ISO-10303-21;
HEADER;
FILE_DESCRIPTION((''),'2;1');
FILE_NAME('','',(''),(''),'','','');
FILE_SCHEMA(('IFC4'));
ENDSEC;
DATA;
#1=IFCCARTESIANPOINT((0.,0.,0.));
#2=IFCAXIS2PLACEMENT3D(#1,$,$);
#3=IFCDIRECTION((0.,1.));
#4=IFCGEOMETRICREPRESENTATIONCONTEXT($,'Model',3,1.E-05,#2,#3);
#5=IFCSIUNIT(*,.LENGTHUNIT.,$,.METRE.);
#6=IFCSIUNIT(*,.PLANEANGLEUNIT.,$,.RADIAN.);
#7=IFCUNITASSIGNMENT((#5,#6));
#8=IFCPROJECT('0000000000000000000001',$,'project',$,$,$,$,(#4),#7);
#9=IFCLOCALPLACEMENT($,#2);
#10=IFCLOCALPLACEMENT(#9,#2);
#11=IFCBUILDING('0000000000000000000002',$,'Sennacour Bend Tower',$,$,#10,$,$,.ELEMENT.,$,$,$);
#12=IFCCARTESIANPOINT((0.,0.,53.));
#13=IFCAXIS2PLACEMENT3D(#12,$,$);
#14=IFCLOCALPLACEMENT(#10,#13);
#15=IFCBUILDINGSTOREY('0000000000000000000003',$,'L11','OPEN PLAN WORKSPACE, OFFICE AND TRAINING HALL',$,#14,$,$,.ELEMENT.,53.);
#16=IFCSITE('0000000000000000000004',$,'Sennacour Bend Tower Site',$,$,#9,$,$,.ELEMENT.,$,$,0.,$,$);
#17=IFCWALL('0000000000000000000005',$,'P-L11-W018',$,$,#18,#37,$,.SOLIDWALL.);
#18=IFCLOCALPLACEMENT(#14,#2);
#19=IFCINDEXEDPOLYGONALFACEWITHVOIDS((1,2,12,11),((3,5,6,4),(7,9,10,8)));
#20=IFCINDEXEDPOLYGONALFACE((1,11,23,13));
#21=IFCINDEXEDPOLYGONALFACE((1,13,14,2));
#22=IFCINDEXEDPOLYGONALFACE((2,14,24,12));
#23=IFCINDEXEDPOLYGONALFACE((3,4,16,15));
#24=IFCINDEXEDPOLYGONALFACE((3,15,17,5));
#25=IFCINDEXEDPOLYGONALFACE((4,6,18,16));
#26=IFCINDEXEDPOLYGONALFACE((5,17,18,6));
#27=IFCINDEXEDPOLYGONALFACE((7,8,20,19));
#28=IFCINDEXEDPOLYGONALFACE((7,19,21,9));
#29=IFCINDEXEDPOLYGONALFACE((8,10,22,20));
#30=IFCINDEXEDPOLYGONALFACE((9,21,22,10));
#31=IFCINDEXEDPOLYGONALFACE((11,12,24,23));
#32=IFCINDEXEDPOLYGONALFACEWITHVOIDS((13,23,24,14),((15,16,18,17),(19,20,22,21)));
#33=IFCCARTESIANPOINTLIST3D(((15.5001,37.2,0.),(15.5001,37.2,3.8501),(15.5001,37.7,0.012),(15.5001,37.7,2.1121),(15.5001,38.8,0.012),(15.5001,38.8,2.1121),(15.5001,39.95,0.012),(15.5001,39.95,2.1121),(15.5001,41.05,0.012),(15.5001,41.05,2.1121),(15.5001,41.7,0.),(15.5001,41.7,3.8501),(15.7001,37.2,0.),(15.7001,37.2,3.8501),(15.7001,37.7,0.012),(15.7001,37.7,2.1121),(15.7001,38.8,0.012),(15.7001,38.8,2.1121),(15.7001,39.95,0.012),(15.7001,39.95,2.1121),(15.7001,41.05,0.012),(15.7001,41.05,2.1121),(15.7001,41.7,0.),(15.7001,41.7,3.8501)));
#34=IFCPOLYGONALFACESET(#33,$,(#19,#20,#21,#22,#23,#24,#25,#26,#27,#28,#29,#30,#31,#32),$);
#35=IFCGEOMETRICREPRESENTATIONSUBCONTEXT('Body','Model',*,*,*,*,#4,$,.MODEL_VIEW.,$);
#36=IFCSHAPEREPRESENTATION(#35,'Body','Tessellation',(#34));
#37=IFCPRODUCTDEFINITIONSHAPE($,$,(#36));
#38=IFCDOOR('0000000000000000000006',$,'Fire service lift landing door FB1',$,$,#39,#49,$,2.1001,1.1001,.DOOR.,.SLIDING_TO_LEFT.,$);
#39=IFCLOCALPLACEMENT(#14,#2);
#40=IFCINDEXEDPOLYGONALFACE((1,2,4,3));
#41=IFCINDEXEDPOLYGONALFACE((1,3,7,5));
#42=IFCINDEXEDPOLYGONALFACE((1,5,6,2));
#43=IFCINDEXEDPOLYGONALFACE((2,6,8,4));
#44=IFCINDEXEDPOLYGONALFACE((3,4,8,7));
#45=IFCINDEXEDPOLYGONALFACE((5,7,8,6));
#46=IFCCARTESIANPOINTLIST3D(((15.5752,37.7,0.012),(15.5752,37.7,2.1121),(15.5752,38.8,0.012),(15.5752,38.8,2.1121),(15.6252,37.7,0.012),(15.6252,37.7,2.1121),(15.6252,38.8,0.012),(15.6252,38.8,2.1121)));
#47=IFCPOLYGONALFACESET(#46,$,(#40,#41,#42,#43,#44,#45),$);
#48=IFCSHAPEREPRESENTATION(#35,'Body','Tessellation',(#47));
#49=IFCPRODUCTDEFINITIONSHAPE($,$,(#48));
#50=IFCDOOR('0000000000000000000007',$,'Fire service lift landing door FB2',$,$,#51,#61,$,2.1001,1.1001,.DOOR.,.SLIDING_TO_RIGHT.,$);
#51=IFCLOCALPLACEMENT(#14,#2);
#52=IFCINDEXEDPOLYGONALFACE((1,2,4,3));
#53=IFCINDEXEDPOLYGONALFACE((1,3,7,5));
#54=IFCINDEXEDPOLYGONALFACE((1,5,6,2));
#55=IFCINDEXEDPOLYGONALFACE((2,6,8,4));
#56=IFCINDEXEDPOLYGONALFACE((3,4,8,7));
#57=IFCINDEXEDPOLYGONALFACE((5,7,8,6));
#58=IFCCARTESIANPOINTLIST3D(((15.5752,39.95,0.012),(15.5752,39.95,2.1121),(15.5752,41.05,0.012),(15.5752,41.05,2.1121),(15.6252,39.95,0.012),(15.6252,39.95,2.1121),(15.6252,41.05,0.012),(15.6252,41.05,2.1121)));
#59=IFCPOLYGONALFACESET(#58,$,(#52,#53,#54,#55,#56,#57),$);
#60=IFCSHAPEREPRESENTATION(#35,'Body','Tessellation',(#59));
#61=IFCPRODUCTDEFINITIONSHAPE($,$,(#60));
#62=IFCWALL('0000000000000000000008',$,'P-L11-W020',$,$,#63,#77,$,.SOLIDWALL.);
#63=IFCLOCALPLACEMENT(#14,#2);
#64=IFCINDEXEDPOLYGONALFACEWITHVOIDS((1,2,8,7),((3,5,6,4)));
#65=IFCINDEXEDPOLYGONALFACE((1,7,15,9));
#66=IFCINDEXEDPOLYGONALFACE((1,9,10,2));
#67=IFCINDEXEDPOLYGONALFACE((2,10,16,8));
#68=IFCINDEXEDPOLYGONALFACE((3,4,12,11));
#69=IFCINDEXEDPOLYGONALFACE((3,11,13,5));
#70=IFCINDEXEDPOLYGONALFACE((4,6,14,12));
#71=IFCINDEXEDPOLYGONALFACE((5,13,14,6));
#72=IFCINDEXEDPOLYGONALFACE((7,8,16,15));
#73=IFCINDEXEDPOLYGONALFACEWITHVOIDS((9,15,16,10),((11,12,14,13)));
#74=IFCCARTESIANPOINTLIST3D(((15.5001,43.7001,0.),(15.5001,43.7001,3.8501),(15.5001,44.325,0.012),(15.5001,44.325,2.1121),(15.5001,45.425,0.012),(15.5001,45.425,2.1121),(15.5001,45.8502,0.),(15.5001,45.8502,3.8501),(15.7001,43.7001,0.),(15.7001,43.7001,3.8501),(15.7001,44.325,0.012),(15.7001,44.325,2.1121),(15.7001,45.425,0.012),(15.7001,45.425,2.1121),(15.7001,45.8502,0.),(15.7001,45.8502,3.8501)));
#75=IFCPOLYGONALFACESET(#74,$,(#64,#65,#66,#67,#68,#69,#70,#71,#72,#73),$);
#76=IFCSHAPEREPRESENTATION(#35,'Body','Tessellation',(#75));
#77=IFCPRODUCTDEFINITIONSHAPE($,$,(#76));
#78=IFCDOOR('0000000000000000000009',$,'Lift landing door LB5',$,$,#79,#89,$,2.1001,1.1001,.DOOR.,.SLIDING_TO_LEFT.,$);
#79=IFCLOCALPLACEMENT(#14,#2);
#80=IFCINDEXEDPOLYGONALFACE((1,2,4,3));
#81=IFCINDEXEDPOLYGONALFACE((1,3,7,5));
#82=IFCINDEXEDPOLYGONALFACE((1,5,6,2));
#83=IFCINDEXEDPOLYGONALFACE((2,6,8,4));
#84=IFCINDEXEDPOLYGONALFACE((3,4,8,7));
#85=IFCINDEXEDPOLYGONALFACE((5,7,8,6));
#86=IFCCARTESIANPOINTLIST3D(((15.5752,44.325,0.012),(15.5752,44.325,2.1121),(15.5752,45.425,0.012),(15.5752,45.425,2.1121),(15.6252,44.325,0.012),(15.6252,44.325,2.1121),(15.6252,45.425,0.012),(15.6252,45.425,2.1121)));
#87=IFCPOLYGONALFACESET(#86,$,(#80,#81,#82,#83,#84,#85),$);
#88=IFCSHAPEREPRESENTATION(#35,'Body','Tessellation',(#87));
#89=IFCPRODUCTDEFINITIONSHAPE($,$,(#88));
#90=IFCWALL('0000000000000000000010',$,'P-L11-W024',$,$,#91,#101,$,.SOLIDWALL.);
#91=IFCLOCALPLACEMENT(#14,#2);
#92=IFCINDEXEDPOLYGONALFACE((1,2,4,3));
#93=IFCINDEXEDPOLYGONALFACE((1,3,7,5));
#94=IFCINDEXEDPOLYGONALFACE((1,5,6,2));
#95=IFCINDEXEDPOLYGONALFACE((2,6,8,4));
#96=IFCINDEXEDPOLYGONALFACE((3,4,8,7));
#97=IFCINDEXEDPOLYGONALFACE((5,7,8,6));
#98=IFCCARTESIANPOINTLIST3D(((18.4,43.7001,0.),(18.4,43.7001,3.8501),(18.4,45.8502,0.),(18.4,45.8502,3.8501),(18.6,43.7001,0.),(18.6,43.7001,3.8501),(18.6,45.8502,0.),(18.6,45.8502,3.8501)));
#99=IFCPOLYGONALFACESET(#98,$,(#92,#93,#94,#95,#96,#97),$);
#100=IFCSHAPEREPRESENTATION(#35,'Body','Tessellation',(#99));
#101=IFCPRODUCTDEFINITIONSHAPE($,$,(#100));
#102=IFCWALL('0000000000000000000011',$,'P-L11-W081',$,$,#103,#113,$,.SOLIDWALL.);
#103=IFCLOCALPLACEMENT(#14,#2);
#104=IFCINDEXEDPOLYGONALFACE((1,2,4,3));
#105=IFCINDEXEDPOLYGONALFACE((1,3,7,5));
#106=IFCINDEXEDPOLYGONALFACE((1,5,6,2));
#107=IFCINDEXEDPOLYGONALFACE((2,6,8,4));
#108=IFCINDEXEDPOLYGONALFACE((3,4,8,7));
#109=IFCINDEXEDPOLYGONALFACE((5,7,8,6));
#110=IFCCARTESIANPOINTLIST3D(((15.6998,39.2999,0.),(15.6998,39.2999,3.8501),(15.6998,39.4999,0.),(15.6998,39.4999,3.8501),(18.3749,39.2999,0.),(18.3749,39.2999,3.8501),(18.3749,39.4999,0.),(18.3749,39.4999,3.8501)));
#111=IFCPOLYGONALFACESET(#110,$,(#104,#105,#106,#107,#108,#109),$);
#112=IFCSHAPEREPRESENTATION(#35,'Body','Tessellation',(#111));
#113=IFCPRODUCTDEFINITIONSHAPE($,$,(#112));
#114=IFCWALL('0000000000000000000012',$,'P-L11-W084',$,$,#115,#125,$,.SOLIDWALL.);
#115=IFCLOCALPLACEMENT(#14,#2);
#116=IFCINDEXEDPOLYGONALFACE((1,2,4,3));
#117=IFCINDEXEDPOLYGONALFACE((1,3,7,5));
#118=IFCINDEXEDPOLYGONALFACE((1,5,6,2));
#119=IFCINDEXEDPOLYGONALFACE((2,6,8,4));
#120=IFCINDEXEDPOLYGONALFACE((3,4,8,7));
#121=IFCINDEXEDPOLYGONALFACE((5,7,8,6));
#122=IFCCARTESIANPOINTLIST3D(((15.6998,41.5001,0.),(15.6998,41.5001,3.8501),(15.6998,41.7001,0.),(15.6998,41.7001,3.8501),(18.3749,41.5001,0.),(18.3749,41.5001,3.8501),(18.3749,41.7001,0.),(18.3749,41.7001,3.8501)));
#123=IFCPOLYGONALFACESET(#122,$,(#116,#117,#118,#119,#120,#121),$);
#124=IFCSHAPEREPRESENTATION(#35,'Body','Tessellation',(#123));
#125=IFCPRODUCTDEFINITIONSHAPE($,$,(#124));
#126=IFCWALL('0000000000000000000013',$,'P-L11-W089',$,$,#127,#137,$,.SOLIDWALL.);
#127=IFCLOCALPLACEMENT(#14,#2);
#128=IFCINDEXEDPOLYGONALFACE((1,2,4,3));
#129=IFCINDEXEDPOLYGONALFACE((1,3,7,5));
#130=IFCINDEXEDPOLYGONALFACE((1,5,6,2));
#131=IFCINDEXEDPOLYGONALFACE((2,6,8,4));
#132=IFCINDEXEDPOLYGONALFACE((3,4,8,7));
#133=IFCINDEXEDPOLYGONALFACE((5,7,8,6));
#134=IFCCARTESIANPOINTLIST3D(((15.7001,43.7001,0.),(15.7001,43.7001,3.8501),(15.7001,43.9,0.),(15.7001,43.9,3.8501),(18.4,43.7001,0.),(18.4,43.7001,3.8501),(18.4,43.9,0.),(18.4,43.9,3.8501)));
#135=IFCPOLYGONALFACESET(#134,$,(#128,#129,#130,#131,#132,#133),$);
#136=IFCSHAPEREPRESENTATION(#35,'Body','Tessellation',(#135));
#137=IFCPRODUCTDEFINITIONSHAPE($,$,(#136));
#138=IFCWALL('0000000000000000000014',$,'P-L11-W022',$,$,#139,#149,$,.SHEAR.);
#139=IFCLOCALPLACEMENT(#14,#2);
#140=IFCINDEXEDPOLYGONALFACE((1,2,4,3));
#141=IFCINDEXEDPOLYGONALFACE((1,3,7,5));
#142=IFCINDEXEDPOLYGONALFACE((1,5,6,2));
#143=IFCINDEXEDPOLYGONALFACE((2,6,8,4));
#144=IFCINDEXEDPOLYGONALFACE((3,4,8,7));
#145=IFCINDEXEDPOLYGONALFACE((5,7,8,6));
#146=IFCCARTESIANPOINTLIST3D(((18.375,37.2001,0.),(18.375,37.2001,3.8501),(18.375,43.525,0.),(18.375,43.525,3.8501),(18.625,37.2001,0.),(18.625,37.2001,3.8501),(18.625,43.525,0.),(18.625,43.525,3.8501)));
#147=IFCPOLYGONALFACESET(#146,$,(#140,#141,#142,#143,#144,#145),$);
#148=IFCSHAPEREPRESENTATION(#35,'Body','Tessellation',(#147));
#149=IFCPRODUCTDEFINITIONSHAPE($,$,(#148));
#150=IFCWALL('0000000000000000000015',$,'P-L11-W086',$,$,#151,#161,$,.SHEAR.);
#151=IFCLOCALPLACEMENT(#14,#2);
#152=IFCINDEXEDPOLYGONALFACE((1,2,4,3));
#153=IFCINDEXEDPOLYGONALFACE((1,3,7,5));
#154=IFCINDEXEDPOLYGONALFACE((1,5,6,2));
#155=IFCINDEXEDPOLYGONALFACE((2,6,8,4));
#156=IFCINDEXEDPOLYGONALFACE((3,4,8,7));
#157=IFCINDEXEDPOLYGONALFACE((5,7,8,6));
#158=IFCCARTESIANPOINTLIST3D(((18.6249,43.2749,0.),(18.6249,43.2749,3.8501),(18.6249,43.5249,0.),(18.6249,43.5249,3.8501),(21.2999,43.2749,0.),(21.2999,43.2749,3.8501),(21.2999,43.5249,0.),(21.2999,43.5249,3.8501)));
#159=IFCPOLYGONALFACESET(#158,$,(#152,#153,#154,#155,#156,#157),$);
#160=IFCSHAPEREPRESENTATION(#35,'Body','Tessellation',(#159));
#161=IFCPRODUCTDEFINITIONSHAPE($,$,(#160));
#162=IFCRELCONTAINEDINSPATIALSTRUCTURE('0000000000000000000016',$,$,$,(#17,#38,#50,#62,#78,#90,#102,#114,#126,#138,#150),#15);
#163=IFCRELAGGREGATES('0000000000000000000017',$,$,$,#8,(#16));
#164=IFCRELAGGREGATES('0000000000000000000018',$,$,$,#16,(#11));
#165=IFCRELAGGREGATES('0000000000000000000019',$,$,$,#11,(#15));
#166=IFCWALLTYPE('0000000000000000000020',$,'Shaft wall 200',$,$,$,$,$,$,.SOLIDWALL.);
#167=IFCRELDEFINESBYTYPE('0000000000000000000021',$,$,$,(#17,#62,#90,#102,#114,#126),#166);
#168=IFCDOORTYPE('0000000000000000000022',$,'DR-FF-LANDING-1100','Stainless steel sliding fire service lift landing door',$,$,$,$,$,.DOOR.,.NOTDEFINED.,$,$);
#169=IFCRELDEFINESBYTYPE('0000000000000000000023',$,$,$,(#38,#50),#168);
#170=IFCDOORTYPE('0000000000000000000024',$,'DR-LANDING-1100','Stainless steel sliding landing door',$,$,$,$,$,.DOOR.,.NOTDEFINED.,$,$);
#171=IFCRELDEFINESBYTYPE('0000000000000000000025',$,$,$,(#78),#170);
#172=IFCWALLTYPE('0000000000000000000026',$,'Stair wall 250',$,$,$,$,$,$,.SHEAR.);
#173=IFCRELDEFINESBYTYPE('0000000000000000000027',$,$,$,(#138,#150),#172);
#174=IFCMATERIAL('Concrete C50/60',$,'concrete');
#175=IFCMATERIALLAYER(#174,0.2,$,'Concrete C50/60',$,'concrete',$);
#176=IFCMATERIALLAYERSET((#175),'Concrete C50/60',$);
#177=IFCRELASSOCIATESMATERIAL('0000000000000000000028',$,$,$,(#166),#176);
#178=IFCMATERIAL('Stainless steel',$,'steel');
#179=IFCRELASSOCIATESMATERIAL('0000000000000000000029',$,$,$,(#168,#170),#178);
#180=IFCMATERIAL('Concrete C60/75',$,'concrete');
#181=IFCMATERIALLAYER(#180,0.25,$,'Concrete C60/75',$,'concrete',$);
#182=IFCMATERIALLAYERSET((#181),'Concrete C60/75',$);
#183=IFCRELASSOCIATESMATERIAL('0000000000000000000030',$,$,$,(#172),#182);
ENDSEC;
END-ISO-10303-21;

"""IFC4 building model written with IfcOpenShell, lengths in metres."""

from ifc_helpers import new_model, si_unit, direction, frame, frame_2d, origin, place, context, subcontext, project, spatial, rectangle, extrude, material, layer, layer_set, type_object, element, fill, save


model = new_model("IFC4")

# Units and contexts
model_context = context("Model", 3, precision=1e-05, world=origin(), true_north=direction((0.0, 1.0)))
body_context = subcontext(model_context, "Body", "Model", "MODEL_VIEW")
ifc_project = project(units=[si_unit("LENGTHUNIT", "METRE"), si_unit("PLANEANGLEUNIT", "RADIAN")], contexts=[model_context])

# Site, building, storey
site_placement = place(None, origin())
site = spatial("IfcSite", under=ifc_project, at=site_placement, Name="Sennacour Bend Tower Site", CompositionType="ELEMENT", RefElevation=0.0)
building_placement = place(site_placement, origin())
building = spatial("IfcBuilding", under=site, at=building_placement, Name="Sennacour Bend Tower", CompositionType="ELEMENT")
storey_placement = place(building_placement, frame((0.0, 0.0, 53.0)))
storey = spatial("IfcBuildingStorey", under=building, at=storey_placement, Name="L11", Description="OPEN PLAN WORKSPACE, OFFICE AND TRAINING HALL", CompositionType="ELEMENT", Elevation=53.0)

# Wall, openings, doors
ifc_material_1 = material(Name="Concrete C50/60", Category="concrete")
ifc_layer_1 = layer(ifc_material_1, 0.2, Name="Concrete C50/60", Category="concrete")
ifc_layer_set_1 = layer_set([ifc_layer_1], Name="Concrete C50/60")
wall_type_1 = type_object("IfcWallType", Name="Shaft wall 200", PredefinedType="SOLIDWALL", material=ifc_layer_set_1)
wall_1_placement = place(storey_placement, frame((15.6001, 37.2, 0.0), z_axis=(0.0, 0.0, 1.0), x_axis=(0.0, 1.0, 0.0)))
wall_1 = element("IfcWall", 1, at=wall_1_placement, inside=storey, type_object=wall_type_1, Name="P-L11-W018", PredefinedType="SOLIDWALL", context=body_context, shape_type="SweptSolid", body=[
    extrude(rectangle(XDim=4.5, YDim=0.2, at=frame_2d((2.25, 0.0))), origin(), (0.0, 0.0, 1.0), 3.8501),
])
opening_1_placement = place(wall_1_placement, frame((0.5, 0.0, 0.012)))
opening_1 = element("IfcOpeningElement", 2, at=opening_1_placement, cuts=wall_1, PredefinedType="OPENING", context=body_context, shape_type="SweptSolid", body=[
    extrude(rectangle(XDim=1.1001, YDim=2.1001, at=frame_2d((0.55, 1.05))), frame((0.0, 0.1099, 0.0), z_axis=(0.0, -1.0, 0.0), x_axis=(1.0, 0.0, 0.0)), (0.0, 0.0, 1.0), 0.22),
])
opening_2_placement = place(wall_1_placement, frame((2.75, 0.0, 0.012)))
opening_2 = element("IfcOpeningElement", 3, at=opening_2_placement, cuts=wall_1, PredefinedType="OPENING", context=body_context, shape_type="SweptSolid", body=[
    extrude(rectangle(XDim=1.1001, YDim=2.1001, at=frame_2d((0.55, 1.05))), frame((0.0, 0.1099, 0.0), z_axis=(0.0, -1.0, 0.0), x_axis=(1.0, 0.0, 0.0)), (0.0, 0.0, 1.0), 0.22),
])
ifc_material_2 = material(Name="Stainless steel", Category="steel")
door_type_1 = type_object("IfcDoorType", Name="DR-FF-LANDING-1100", Description="Stainless steel sliding fire service lift landing door", OperationType="NOTDEFINED", PredefinedType="DOOR", material=ifc_material_2)
door_1_placement = place(opening_1_placement, origin())
door_1 = element("IfcDoor", 4, at=door_1_placement, inside=storey, type_object=door_type_1, Name="Fire service lift landing door FB1", OperationType="SLIDING_TO_LEFT", OverallHeight=2.1001, OverallWidth=1.1001, PredefinedType="DOOR", context=body_context, shape_type="SweptSolid", body=[
    extrude(rectangle(XDim=1.1001, YDim=2.1001, at=frame_2d((0.55, 1.05))), frame((0.0, 0.0249, 0.0), z_axis=(0.0, -1.0, 0.0), x_axis=(1.0, 0.0, 0.0)), (0.0, 0.0, 1.0), 0.05),
])
fill(opening_1, door_1)
door_2_placement = place(opening_2_placement, origin())
door_2 = element("IfcDoor", 5, at=door_2_placement, inside=storey, type_object=door_type_1, Name="Fire service lift landing door FB2", OperationType="SLIDING_TO_RIGHT", OverallHeight=2.1001, OverallWidth=1.1001, PredefinedType="DOOR", context=body_context, shape_type="SweptSolid", body=[
    extrude(rectangle(XDim=1.1001, YDim=2.1001, at=frame_2d((0.55, 1.05))), frame((0.0, 0.0249, 0.0), z_axis=(0.0, -1.0, 0.0), x_axis=(1.0, 0.0, 0.0)), (0.0, 0.0, 1.0), 0.05),
])
fill(opening_2, door_2)

# Wall, opening, door
wall_2_placement = place(storey_placement, frame((15.6001, 43.7, 0.0), z_axis=(0.0, 0.0, 1.0), x_axis=(0.0, 1.0, 0.0)))
wall_2 = element("IfcWall", 6, at=wall_2_placement, inside=storey, type_object=wall_type_1, Name="P-L11-W020", PredefinedType="SOLIDWALL", context=body_context, shape_type="SweptSolid", body=[
    extrude(rectangle(XDim=2.1501, YDim=0.2, at=frame_2d((1.0752, 0.0))), origin(), (0.0, 0.0, 1.0), 3.8501),
])
opening_3_placement = place(wall_2_placement, frame((0.625, 0.0, 0.012)))
opening_3 = element("IfcOpeningElement", 7, at=opening_3_placement, cuts=wall_2, PredefinedType="OPENING", context=body_context, shape_type="SweptSolid", body=[
    extrude(rectangle(XDim=1.1001, YDim=2.1001, at=frame_2d((0.55, 1.05))), frame((0.0, 0.1099, 0.0), z_axis=(0.0, -1.0, 0.0), x_axis=(1.0, 0.0, 0.0)), (0.0, 0.0, 1.0), 0.22),
])
door_type_2 = type_object("IfcDoorType", Name="DR-LANDING-1100", Description="Stainless steel sliding landing door", OperationType="NOTDEFINED", PredefinedType="DOOR", material=ifc_material_2)
door_3_placement = place(opening_3_placement, origin())
door_3 = element("IfcDoor", 8, at=door_3_placement, inside=storey, type_object=door_type_2, Name="Lift landing door LB5", OperationType="SLIDING_TO_LEFT", OverallHeight=2.1001, OverallWidth=1.1001, PredefinedType="DOOR", context=body_context, shape_type="SweptSolid", body=[
    extrude(rectangle(XDim=1.1001, YDim=2.1001, at=frame_2d((0.55, 1.05))), frame((0.0, 0.0249, 0.0), z_axis=(0.0, -1.0, 0.0), x_axis=(1.0, 0.0, 0.0)), (0.0, 0.0, 1.0), 0.05),
])
fill(opening_3, door_3)

# Walls
wall_3_placement = place(storey_placement, frame((18.5, 43.7, 0.0), z_axis=(0.0, 0.0, 1.0), x_axis=(0.0, 1.0, 0.0)))
element("IfcWall", 9, at=wall_3_placement, inside=storey, type_object=wall_type_1, Name="P-L11-W024", PredefinedType="SOLIDWALL", context=body_context, shape_type="SweptSolid", body=[
    extrude(rectangle(XDim=2.1501, YDim=0.2, at=frame_2d((1.0752, 0.0))), origin(), (0.0, 0.0, 1.0), 3.8501),
])
for number, where, z_axis, x_axis, name in (
    (10, (15.7, 39.3999, 0.0), (0.0, 0.0, 1.0), (1.0, 0.0, 0.0), "P-L11-W081"),
    (11, (15.7, 41.6001, 0.0), (0.0, 0.0, 1.0), (1.0, 0.0, 0.0), "P-L11-W084"),
):
    element("IfcWall", number, at=place(storey_placement, frame(where, z_axis=z_axis, x_axis=x_axis)), inside=storey, type_object=wall_type_1, Name=name, PredefinedType="SOLIDWALL", context=body_context, shape_type="SweptSolid", body=[
        extrude(rectangle(XDim=2.675, YDim=0.2, at=frame_2d((1.3374, 0.0))), origin(), (0.0, 0.0, 1.0), 3.8501),
    ])
wall_4_placement = place(storey_placement, frame((15.7, 43.8, 0.0), z_axis=(0.0, 0.0, 1.0), x_axis=(1.0, 0.0, 0.0)))
element("IfcWall", 12, at=wall_4_placement, inside=storey, type_object=wall_type_1, Name="P-L11-W089", PredefinedType="SOLIDWALL", context=body_context, shape_type="SweptSolid", body=[
    extrude(rectangle(XDim=2.7, YDim=0.2, at=frame_2d((1.3501, 0.0))), origin(), (0.0, 0.0, 1.0), 3.8501),
])
ifc_material_3 = material(Name="Concrete C60/75", Category="concrete")
ifc_layer_2 = layer(ifc_material_3, 0.25, Name="Concrete C60/75", Category="concrete")
ifc_layer_set_2 = layer_set([ifc_layer_2], Name="Concrete C60/75")
wall_type_2 = type_object("IfcWallType", Name="Stair wall 250", PredefinedType="SHEAR", material=ifc_layer_set_2)
wall_5_placement = place(storey_placement, frame((18.5, 37.2, 0.0), z_axis=(0.0, 0.0, 1.0), x_axis=(0.0, 1.0, 0.0)))
element("IfcWall", 13, at=wall_5_placement, inside=storey, type_object=wall_type_2, Name="P-L11-W022", PredefinedType="SHEAR", context=body_context, shape_type="SweptSolid", body=[
    extrude(rectangle(XDim=6.325, YDim=0.25, at=frame_2d((3.1626, 0.0))), origin(), (0.0, 0.0, 1.0), 3.8501),
])
wall_6_placement = place(storey_placement, frame((18.625, 43.3999, 0.0), z_axis=(0.0, 0.0, 1.0), x_axis=(1.0, 0.0, 0.0)))
element("IfcWall", 14, at=wall_6_placement, inside=storey, type_object=wall_type_2, Name="P-L11-W086", PredefinedType="SHEAR", context=body_context, shape_type="SweptSolid", body=[
    extrude(rectangle(XDim=2.675, YDim=0.25, at=frame_2d((1.3374, 0.0))), origin(), (0.0, 0.0, 1.0), 3.8501),
])

save(model, "model.ifc")
